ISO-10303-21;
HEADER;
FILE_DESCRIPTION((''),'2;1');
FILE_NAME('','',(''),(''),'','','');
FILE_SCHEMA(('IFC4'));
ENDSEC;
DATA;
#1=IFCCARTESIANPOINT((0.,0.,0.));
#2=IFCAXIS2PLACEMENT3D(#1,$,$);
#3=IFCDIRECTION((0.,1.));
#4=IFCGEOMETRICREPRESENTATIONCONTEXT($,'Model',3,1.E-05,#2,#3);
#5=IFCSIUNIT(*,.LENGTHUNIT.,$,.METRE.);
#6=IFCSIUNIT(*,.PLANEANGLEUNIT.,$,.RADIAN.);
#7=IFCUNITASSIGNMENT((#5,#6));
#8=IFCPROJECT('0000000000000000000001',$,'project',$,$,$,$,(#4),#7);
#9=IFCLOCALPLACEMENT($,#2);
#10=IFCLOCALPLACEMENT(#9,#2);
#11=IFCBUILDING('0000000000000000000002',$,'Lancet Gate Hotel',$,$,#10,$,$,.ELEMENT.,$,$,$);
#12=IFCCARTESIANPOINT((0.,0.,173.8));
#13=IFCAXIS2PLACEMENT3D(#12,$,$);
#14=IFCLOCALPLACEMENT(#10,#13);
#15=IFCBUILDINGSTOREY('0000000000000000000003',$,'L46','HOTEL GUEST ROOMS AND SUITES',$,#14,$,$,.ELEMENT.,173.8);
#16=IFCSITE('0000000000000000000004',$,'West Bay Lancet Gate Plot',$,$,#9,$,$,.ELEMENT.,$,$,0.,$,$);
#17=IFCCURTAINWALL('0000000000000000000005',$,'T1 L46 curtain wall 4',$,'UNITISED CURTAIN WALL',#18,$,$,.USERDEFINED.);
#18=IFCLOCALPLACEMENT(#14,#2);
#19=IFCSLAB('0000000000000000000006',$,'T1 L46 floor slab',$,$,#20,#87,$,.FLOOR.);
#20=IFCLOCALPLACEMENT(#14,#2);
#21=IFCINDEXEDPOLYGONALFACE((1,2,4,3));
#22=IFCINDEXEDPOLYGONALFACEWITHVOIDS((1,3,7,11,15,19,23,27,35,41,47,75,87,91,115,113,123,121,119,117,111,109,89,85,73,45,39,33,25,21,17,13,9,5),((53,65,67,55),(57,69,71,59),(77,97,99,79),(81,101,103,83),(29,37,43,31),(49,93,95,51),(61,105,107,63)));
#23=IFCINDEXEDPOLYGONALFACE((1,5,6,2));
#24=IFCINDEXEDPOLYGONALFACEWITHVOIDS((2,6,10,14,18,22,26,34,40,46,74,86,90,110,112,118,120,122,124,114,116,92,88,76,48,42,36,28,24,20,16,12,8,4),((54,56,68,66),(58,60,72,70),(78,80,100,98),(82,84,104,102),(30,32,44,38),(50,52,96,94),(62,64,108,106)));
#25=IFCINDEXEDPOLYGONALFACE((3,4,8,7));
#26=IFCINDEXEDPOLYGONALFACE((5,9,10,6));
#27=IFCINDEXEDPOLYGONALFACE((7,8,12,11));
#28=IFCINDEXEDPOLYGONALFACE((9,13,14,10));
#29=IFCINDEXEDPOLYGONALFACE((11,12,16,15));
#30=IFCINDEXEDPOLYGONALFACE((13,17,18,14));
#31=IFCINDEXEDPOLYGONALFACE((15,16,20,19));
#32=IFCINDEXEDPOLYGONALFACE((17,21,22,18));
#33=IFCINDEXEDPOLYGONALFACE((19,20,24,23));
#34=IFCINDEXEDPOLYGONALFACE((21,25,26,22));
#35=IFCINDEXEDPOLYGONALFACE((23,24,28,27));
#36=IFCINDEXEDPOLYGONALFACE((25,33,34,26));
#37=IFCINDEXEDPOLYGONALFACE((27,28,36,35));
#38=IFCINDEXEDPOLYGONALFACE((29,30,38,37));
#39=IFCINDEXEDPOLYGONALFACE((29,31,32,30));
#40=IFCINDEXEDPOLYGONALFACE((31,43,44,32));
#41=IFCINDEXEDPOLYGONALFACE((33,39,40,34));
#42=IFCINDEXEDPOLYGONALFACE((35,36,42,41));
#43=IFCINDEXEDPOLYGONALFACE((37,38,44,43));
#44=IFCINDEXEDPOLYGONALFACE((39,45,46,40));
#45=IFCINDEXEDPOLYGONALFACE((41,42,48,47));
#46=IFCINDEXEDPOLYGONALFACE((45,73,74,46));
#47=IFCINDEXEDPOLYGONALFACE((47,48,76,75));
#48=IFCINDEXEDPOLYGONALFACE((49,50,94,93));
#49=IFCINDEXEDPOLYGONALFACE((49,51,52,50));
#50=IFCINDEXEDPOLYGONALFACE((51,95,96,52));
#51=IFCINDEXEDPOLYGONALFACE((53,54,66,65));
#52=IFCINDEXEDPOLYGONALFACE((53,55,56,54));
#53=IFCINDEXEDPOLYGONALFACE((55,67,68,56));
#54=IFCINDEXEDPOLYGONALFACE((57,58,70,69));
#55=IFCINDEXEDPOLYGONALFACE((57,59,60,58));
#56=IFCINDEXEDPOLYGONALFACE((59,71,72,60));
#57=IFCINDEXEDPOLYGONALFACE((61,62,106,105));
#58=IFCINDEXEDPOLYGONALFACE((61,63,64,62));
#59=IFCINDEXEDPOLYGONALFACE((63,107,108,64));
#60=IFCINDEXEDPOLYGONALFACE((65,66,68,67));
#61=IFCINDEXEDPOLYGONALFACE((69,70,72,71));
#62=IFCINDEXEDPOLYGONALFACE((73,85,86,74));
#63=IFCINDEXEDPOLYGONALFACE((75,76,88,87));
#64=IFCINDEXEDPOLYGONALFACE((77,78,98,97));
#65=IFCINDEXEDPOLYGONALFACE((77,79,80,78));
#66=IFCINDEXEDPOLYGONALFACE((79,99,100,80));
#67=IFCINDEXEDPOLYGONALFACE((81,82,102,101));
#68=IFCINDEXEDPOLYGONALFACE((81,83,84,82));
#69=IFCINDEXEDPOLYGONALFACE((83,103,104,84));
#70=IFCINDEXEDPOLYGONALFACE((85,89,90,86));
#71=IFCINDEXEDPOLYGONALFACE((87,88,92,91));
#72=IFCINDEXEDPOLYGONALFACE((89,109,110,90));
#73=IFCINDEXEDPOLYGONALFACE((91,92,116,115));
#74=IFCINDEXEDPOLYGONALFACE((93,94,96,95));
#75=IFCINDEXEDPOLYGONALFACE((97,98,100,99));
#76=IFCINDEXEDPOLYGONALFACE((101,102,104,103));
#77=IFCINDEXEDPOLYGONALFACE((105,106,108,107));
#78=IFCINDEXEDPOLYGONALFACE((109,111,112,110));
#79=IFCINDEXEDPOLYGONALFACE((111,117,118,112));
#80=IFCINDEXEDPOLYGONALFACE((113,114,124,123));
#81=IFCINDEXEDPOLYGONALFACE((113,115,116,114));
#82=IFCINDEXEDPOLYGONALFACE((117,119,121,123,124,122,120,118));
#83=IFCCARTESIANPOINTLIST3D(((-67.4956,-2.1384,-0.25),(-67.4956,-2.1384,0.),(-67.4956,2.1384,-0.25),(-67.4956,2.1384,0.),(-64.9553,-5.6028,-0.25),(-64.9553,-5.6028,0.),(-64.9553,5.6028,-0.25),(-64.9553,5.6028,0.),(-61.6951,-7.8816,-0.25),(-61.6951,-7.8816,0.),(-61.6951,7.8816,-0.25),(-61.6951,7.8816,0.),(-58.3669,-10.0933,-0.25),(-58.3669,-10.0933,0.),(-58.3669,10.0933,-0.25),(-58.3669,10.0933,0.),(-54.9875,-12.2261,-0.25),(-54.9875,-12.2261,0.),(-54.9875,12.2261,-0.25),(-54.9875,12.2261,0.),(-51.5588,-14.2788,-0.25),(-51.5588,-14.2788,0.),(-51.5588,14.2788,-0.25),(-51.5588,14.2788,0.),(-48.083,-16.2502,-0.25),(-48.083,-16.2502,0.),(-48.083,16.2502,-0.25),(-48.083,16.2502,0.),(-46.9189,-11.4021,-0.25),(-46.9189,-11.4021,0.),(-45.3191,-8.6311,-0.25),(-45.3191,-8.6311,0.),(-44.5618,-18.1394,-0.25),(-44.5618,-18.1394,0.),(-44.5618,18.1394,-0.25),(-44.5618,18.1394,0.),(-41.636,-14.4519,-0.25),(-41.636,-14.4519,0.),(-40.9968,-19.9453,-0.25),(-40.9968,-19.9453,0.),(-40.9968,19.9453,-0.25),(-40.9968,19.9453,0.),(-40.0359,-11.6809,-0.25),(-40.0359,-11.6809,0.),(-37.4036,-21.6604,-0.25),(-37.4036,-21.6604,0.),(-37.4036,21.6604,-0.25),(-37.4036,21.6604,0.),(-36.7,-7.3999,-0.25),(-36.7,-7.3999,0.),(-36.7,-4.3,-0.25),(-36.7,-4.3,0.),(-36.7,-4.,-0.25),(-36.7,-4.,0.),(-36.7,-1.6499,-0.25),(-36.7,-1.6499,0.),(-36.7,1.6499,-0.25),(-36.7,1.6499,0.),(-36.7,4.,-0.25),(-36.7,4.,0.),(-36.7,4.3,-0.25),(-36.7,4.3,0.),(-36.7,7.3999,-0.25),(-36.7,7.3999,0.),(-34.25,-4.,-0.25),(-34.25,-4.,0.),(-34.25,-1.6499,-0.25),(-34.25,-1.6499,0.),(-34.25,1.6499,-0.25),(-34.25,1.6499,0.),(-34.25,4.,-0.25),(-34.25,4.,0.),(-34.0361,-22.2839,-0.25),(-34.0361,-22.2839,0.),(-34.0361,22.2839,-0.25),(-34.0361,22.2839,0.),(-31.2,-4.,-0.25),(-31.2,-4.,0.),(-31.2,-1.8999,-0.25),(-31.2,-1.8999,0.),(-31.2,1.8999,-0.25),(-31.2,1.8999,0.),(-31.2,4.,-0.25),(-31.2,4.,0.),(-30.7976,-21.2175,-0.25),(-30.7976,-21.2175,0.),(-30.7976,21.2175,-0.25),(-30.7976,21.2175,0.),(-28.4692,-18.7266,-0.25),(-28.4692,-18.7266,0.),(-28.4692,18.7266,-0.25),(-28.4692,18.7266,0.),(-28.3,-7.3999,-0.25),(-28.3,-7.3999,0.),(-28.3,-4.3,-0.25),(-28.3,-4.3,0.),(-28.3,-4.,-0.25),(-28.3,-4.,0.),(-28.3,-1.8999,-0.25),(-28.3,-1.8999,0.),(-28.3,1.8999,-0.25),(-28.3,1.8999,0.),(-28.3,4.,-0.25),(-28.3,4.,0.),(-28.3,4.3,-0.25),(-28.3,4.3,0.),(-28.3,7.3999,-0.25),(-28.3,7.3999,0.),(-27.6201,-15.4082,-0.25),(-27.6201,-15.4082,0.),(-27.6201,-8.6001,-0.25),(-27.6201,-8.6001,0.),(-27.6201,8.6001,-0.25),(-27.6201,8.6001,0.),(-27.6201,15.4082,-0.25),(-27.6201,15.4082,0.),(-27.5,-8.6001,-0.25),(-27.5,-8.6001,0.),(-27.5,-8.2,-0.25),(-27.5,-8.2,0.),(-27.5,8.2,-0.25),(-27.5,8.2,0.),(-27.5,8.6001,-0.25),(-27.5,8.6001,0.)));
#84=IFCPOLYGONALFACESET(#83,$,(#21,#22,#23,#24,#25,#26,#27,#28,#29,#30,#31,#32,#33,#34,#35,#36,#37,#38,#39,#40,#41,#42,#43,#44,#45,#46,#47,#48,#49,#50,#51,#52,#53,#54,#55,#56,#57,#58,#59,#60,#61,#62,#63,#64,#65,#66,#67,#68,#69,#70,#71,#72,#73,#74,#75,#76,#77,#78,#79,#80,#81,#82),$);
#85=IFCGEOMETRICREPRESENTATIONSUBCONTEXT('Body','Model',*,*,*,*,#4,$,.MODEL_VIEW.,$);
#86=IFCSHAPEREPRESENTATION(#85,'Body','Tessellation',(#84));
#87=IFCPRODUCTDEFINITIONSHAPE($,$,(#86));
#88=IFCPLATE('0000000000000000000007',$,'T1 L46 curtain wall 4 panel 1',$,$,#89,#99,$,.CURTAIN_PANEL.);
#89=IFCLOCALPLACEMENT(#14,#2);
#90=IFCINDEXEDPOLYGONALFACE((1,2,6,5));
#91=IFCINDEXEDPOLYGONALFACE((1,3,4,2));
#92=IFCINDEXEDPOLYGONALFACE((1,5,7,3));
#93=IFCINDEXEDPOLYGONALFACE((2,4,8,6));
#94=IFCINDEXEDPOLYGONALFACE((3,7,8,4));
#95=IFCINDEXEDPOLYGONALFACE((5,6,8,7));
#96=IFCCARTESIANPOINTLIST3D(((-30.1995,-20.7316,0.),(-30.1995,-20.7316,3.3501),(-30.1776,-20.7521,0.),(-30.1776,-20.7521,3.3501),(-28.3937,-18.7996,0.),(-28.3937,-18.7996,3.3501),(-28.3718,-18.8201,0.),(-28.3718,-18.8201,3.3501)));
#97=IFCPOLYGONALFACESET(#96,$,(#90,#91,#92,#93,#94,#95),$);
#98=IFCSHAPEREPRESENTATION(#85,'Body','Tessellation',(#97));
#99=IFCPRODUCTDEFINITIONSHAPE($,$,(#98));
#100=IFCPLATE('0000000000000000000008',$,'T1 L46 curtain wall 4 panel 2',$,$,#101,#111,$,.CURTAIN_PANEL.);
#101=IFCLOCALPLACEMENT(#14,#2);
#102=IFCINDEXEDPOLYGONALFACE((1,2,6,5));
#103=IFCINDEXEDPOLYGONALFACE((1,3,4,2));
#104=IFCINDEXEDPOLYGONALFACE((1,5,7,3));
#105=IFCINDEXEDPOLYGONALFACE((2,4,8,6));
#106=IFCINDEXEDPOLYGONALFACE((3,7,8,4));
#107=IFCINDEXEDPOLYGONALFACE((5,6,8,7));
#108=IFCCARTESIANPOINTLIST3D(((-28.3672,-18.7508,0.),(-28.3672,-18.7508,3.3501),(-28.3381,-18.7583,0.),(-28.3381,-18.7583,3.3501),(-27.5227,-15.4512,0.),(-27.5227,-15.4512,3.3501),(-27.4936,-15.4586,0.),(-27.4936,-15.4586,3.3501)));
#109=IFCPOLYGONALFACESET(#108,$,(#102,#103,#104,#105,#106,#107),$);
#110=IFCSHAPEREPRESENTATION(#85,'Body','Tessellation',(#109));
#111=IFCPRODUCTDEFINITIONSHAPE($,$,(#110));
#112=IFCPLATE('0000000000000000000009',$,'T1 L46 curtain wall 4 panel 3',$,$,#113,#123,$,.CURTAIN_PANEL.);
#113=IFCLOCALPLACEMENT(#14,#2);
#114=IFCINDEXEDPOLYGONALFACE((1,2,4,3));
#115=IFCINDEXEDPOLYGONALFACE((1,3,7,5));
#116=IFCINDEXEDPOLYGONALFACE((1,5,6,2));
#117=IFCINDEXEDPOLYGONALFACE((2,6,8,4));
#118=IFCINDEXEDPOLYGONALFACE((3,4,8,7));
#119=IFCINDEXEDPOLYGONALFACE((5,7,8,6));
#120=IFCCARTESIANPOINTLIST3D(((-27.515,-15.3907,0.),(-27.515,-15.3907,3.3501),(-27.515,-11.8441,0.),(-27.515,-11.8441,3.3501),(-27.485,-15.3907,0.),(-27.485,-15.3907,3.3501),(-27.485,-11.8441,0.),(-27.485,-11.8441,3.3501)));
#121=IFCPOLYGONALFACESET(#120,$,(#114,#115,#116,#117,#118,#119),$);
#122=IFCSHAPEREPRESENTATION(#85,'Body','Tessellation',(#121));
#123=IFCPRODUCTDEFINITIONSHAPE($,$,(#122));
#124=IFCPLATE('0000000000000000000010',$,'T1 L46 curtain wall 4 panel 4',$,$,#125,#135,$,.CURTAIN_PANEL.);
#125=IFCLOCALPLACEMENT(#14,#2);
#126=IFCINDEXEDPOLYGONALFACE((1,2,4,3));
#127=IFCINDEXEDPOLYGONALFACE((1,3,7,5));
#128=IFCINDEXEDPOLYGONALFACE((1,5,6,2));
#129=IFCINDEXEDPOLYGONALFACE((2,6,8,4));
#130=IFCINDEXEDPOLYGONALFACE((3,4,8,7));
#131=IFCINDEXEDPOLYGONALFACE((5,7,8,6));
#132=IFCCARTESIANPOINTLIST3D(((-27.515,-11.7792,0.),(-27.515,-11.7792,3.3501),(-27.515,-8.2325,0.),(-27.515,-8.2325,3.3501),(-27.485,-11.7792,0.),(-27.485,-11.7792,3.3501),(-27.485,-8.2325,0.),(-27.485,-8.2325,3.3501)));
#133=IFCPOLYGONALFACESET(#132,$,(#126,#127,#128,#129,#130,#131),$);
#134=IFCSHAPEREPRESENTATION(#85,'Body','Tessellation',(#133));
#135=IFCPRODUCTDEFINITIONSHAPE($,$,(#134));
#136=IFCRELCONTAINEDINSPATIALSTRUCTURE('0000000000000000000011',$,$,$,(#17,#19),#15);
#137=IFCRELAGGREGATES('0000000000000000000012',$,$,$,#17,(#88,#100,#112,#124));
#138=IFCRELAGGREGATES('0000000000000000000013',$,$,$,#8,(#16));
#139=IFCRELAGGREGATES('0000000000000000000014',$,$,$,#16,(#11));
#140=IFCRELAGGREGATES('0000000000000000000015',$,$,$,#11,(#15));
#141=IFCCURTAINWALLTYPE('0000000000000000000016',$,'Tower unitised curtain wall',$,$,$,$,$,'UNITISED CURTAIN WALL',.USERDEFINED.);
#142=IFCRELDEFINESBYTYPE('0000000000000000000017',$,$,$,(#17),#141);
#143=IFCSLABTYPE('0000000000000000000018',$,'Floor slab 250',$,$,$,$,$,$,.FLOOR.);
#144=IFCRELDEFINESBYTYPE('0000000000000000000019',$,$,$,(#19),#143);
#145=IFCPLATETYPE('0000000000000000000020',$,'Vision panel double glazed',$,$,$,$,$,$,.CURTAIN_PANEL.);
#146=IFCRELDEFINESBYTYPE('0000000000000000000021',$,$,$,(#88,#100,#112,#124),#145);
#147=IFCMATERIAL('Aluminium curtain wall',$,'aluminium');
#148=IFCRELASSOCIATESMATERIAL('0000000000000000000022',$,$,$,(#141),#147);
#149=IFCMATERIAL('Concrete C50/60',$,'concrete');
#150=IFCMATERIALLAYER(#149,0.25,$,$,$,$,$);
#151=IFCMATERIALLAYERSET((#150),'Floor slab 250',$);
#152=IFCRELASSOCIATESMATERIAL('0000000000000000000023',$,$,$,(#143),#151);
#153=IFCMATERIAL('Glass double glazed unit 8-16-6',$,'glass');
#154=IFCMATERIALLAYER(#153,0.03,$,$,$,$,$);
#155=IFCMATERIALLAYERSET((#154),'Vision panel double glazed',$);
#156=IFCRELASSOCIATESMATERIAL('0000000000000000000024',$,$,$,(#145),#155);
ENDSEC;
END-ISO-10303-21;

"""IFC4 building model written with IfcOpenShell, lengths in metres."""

from ifc_helpers import new_model, si_unit, direction, frame, origin, origin_2d, place, context, subcontext, project, spatial, polyline, rectangle, outline, extrude, material, layer, layer_set, type_object, element, aggregate, save


model = new_model("IFC4")

# Units and contexts
model_context = context("Model", 3, precision=1e-05, world=origin(), true_north=direction((0.0, 1.0)))
body_context = subcontext(model_context, "Body", "Model", "MODEL_VIEW")
ifc_project = project(units=[si_unit("LENGTHUNIT", "METRE"), si_unit("PLANEANGLEUNIT", "RADIAN")], contexts=[model_context])

# Site, building, storey
site_placement = place(None, origin())
site = spatial("IfcSite", under=ifc_project, at=site_placement, Name="West Bay Lancet Gate Plot", CompositionType="ELEMENT", RefElevation=0.0)
building_placement = place(site_placement, origin())
building = spatial("IfcBuilding", under=site, at=building_placement, Name="Lancet Gate Hotel", CompositionType="ELEMENT")
storey_placement = place(building_placement, frame((0.0, 0.0, 173.8)))
storey = spatial("IfcBuildingStorey", under=building, at=storey_placement, Name="L46", Description="HOTEL GUEST ROOMS AND SUITES", CompositionType="ELEMENT", Elevation=173.8)

# Curtain wall
ifc_material_1 = material(Name="Aluminium curtain wall", Category="aluminium")
curtain_wall_type = type_object("IfcCurtainWallType", Name="Tower unitised curtain wall", ElementType="UNITISED CURTAIN WALL", PredefinedType="USERDEFINED", material=ifc_material_1)
curtain_wall_placement = place(storey_placement, origin())
curtain_wall = element("IfcCurtainWall", 1, at=curtain_wall_placement, inside=storey, type_object=curtain_wall_type, Name="T1 L46 curtain wall 4", ObjectType="UNITISED CURTAIN WALL", PredefinedType="USERDEFINED")

# Slab
ifc_material_2 = material(Name="Concrete C50/60", Category="concrete")
ifc_layer_1 = layer(ifc_material_2, 0.25)
ifc_layer_set_1 = layer_set([ifc_layer_1], Name="Floor slab 250")
slab_type = type_object("IfcSlabType", Name="Floor slab 250", PredefinedType="FLOOR", material=ifc_layer_set_1)
slab_placement = place(storey_placement, frame((0.0, 0.0, -0.25)))
element("IfcSlab", 2, at=slab_placement, inside=storey, type_object=slab_type, Name="T1 L46 floor slab", PredefinedType="FLOOR", context=body_context, shape_type="SweptSolid", body=[
    extrude(outline(polyline([(-27.5, 8.6001), (-27.6201, 8.6001), (-27.6201, 15.4082), (-28.4692, 18.7266), (-30.7976, 21.2175), (-34.0361, 22.2839), (-37.4036, 21.6604), (-40.9968, 19.9453), (-44.5618, 18.1394), (-48.083, 16.2502), (-51.5588, 14.2788), (-54.9875, 12.2261), (-58.3669, 10.0933), (-61.6951, 7.8816), (-64.9553, 5.6028), (-67.4956, 2.1384), (-67.4956, -2.1384), (-64.9553, -5.6028), (-61.6951, -7.8816), (-58.3669, -10.0933), (-54.9875, -12.2261), (-51.5588, -14.2788), (-48.083, -16.2502), (-44.5618, -18.1394), (-40.9968, -19.9453), (-37.4036, -21.6604), (-34.0361, -22.2839), (-30.7976, -21.2175), (-28.4692, -18.7266), (-27.6201, -15.4082), (-27.6201, -8.6001), (-27.5, -8.6001), (-27.5, -8.2), (-27.5, 8.2), (-27.5, 8.6001)]), holes=[polyline([(-36.7, 7.3999), (-36.7, 4.3), (-28.3, 4.3), (-28.3, 7.3999), (-36.7, 7.3999)]), polyline([(-28.3, 4.0), (-31.2, 4.0), (-31.2, 1.8999), (-28.3, 1.8999), (-28.3, 4.0)]), polyline([(-34.25, 4.0), (-36.7, 4.0), (-36.7, 1.6499), (-34.25, 1.6499), (-34.25, 4.0)]), polyline([(-36.7, -1.6499), (-36.7, -4.0), (-34.25, -4.0), (-34.25, -1.6499), (-36.7, -1.6499)]), polyline([(-28.3, -1.8999), (-31.2, -1.8999), (-31.2, -4.0), (-28.3, -4.0), (-28.3, -1.8999)]), polyline([(-28.3, -4.3), (-36.7, -4.3), (-36.7, -7.3999), (-28.3, -7.3999), (-28.3, -4.3)]), polyline([(-45.3191, -8.6311), (-46.9189, -11.4021), (-41.636, -14.4519), (-40.0359, -11.6809), (-45.3191, -8.6311)])]), origin(), (0.0, 0.0, 1.0), 0.25),
])

# Plates
ifc_material_3 = material(Name="Glass double glazed unit 8-16-6", Category="glass")
ifc_layer_2 = layer(ifc_material_3, 0.03)
ifc_layer_set_2 = layer_set([ifc_layer_2], Name="Vision panel double glazed")
plate_type = type_object("IfcPlateType", Name="Vision panel double glazed", PredefinedType="CURTAIN_PANEL", material=ifc_layer_set_2)
plate_1_placement = place(storey_placement, frame((-29.2856, -19.7759, 0.0), z_axis=(0.0, 0.0, 1.0), x_axis=(0.682845, 0.730563, 0.0)))
plate_1 = element("IfcPlate", 3, at=plate_1_placement, type_object=plate_type, Name="T1 L46 curtain wall 4 panel 1", PredefinedType="CURTAIN_PANEL", context=body_context, shape_type="SweptSolid", body=[
    extrude(rectangle(XDim=2.6445, YDim=0.03, at=origin_2d()), origin(), (0.0, 0.0, 1.0), 3.3501),
])
plate_2_placement = place(storey_placement, frame((-27.9304, -17.1047, 0.0), z_axis=(0.0, 0.0, 1.0), x_axis=(0.247937, 0.968776, 0.0)))
plate_2 = element("IfcPlate", 4, at=plate_2_placement, type_object=plate_type, Name="T1 L46 curtain wall 4 panel 2", PredefinedType="CURTAIN_PANEL", context=body_context, shape_type="SweptSolid", body=[
    extrude(rectangle(XDim=3.406, YDim=0.03, at=origin_2d()), origin(), (0.0, 0.0, 1.0), 3.3501),
])
plate_3_placement = place(storey_placement, frame((-27.5, -13.6174, 0.0), z_axis=(0.0, 0.0, 1.0), x_axis=(0.0, 1.0, 0.0)))
plate_3 = element("IfcPlate", 5, at=plate_3_placement, type_object=plate_type, Name="T1 L46 curtain wall 4 panel 3", PredefinedType="CURTAIN_PANEL", context=body_context, shape_type="SweptSolid", body=[
    extrude(rectangle(XDim=3.5466, YDim=0.03, at=origin_2d()), origin(), (0.0, 0.0, 1.0), 3.3501),
])
plate_4_placement = place(storey_placement, frame((-27.5, -10.0059, 0.0), z_axis=(0.0, 0.0, 1.0), x_axis=(0.0, 1.0, 0.0)))
plate_4 = element("IfcPlate", 6, at=plate_4_placement, type_object=plate_type, Name="T1 L46 curtain wall 4 panel 4", PredefinedType="CURTAIN_PANEL", context=body_context, shape_type="SweptSolid", body=[
    extrude(rectangle(XDim=3.5466, YDim=0.03, at=origin_2d()), origin(), (0.0, 0.0, 1.0), 3.3501),
])
aggregate(curtain_wall, [plate_1, plate_2, plate_3, plate_4])

save(model, "model.ifc")
